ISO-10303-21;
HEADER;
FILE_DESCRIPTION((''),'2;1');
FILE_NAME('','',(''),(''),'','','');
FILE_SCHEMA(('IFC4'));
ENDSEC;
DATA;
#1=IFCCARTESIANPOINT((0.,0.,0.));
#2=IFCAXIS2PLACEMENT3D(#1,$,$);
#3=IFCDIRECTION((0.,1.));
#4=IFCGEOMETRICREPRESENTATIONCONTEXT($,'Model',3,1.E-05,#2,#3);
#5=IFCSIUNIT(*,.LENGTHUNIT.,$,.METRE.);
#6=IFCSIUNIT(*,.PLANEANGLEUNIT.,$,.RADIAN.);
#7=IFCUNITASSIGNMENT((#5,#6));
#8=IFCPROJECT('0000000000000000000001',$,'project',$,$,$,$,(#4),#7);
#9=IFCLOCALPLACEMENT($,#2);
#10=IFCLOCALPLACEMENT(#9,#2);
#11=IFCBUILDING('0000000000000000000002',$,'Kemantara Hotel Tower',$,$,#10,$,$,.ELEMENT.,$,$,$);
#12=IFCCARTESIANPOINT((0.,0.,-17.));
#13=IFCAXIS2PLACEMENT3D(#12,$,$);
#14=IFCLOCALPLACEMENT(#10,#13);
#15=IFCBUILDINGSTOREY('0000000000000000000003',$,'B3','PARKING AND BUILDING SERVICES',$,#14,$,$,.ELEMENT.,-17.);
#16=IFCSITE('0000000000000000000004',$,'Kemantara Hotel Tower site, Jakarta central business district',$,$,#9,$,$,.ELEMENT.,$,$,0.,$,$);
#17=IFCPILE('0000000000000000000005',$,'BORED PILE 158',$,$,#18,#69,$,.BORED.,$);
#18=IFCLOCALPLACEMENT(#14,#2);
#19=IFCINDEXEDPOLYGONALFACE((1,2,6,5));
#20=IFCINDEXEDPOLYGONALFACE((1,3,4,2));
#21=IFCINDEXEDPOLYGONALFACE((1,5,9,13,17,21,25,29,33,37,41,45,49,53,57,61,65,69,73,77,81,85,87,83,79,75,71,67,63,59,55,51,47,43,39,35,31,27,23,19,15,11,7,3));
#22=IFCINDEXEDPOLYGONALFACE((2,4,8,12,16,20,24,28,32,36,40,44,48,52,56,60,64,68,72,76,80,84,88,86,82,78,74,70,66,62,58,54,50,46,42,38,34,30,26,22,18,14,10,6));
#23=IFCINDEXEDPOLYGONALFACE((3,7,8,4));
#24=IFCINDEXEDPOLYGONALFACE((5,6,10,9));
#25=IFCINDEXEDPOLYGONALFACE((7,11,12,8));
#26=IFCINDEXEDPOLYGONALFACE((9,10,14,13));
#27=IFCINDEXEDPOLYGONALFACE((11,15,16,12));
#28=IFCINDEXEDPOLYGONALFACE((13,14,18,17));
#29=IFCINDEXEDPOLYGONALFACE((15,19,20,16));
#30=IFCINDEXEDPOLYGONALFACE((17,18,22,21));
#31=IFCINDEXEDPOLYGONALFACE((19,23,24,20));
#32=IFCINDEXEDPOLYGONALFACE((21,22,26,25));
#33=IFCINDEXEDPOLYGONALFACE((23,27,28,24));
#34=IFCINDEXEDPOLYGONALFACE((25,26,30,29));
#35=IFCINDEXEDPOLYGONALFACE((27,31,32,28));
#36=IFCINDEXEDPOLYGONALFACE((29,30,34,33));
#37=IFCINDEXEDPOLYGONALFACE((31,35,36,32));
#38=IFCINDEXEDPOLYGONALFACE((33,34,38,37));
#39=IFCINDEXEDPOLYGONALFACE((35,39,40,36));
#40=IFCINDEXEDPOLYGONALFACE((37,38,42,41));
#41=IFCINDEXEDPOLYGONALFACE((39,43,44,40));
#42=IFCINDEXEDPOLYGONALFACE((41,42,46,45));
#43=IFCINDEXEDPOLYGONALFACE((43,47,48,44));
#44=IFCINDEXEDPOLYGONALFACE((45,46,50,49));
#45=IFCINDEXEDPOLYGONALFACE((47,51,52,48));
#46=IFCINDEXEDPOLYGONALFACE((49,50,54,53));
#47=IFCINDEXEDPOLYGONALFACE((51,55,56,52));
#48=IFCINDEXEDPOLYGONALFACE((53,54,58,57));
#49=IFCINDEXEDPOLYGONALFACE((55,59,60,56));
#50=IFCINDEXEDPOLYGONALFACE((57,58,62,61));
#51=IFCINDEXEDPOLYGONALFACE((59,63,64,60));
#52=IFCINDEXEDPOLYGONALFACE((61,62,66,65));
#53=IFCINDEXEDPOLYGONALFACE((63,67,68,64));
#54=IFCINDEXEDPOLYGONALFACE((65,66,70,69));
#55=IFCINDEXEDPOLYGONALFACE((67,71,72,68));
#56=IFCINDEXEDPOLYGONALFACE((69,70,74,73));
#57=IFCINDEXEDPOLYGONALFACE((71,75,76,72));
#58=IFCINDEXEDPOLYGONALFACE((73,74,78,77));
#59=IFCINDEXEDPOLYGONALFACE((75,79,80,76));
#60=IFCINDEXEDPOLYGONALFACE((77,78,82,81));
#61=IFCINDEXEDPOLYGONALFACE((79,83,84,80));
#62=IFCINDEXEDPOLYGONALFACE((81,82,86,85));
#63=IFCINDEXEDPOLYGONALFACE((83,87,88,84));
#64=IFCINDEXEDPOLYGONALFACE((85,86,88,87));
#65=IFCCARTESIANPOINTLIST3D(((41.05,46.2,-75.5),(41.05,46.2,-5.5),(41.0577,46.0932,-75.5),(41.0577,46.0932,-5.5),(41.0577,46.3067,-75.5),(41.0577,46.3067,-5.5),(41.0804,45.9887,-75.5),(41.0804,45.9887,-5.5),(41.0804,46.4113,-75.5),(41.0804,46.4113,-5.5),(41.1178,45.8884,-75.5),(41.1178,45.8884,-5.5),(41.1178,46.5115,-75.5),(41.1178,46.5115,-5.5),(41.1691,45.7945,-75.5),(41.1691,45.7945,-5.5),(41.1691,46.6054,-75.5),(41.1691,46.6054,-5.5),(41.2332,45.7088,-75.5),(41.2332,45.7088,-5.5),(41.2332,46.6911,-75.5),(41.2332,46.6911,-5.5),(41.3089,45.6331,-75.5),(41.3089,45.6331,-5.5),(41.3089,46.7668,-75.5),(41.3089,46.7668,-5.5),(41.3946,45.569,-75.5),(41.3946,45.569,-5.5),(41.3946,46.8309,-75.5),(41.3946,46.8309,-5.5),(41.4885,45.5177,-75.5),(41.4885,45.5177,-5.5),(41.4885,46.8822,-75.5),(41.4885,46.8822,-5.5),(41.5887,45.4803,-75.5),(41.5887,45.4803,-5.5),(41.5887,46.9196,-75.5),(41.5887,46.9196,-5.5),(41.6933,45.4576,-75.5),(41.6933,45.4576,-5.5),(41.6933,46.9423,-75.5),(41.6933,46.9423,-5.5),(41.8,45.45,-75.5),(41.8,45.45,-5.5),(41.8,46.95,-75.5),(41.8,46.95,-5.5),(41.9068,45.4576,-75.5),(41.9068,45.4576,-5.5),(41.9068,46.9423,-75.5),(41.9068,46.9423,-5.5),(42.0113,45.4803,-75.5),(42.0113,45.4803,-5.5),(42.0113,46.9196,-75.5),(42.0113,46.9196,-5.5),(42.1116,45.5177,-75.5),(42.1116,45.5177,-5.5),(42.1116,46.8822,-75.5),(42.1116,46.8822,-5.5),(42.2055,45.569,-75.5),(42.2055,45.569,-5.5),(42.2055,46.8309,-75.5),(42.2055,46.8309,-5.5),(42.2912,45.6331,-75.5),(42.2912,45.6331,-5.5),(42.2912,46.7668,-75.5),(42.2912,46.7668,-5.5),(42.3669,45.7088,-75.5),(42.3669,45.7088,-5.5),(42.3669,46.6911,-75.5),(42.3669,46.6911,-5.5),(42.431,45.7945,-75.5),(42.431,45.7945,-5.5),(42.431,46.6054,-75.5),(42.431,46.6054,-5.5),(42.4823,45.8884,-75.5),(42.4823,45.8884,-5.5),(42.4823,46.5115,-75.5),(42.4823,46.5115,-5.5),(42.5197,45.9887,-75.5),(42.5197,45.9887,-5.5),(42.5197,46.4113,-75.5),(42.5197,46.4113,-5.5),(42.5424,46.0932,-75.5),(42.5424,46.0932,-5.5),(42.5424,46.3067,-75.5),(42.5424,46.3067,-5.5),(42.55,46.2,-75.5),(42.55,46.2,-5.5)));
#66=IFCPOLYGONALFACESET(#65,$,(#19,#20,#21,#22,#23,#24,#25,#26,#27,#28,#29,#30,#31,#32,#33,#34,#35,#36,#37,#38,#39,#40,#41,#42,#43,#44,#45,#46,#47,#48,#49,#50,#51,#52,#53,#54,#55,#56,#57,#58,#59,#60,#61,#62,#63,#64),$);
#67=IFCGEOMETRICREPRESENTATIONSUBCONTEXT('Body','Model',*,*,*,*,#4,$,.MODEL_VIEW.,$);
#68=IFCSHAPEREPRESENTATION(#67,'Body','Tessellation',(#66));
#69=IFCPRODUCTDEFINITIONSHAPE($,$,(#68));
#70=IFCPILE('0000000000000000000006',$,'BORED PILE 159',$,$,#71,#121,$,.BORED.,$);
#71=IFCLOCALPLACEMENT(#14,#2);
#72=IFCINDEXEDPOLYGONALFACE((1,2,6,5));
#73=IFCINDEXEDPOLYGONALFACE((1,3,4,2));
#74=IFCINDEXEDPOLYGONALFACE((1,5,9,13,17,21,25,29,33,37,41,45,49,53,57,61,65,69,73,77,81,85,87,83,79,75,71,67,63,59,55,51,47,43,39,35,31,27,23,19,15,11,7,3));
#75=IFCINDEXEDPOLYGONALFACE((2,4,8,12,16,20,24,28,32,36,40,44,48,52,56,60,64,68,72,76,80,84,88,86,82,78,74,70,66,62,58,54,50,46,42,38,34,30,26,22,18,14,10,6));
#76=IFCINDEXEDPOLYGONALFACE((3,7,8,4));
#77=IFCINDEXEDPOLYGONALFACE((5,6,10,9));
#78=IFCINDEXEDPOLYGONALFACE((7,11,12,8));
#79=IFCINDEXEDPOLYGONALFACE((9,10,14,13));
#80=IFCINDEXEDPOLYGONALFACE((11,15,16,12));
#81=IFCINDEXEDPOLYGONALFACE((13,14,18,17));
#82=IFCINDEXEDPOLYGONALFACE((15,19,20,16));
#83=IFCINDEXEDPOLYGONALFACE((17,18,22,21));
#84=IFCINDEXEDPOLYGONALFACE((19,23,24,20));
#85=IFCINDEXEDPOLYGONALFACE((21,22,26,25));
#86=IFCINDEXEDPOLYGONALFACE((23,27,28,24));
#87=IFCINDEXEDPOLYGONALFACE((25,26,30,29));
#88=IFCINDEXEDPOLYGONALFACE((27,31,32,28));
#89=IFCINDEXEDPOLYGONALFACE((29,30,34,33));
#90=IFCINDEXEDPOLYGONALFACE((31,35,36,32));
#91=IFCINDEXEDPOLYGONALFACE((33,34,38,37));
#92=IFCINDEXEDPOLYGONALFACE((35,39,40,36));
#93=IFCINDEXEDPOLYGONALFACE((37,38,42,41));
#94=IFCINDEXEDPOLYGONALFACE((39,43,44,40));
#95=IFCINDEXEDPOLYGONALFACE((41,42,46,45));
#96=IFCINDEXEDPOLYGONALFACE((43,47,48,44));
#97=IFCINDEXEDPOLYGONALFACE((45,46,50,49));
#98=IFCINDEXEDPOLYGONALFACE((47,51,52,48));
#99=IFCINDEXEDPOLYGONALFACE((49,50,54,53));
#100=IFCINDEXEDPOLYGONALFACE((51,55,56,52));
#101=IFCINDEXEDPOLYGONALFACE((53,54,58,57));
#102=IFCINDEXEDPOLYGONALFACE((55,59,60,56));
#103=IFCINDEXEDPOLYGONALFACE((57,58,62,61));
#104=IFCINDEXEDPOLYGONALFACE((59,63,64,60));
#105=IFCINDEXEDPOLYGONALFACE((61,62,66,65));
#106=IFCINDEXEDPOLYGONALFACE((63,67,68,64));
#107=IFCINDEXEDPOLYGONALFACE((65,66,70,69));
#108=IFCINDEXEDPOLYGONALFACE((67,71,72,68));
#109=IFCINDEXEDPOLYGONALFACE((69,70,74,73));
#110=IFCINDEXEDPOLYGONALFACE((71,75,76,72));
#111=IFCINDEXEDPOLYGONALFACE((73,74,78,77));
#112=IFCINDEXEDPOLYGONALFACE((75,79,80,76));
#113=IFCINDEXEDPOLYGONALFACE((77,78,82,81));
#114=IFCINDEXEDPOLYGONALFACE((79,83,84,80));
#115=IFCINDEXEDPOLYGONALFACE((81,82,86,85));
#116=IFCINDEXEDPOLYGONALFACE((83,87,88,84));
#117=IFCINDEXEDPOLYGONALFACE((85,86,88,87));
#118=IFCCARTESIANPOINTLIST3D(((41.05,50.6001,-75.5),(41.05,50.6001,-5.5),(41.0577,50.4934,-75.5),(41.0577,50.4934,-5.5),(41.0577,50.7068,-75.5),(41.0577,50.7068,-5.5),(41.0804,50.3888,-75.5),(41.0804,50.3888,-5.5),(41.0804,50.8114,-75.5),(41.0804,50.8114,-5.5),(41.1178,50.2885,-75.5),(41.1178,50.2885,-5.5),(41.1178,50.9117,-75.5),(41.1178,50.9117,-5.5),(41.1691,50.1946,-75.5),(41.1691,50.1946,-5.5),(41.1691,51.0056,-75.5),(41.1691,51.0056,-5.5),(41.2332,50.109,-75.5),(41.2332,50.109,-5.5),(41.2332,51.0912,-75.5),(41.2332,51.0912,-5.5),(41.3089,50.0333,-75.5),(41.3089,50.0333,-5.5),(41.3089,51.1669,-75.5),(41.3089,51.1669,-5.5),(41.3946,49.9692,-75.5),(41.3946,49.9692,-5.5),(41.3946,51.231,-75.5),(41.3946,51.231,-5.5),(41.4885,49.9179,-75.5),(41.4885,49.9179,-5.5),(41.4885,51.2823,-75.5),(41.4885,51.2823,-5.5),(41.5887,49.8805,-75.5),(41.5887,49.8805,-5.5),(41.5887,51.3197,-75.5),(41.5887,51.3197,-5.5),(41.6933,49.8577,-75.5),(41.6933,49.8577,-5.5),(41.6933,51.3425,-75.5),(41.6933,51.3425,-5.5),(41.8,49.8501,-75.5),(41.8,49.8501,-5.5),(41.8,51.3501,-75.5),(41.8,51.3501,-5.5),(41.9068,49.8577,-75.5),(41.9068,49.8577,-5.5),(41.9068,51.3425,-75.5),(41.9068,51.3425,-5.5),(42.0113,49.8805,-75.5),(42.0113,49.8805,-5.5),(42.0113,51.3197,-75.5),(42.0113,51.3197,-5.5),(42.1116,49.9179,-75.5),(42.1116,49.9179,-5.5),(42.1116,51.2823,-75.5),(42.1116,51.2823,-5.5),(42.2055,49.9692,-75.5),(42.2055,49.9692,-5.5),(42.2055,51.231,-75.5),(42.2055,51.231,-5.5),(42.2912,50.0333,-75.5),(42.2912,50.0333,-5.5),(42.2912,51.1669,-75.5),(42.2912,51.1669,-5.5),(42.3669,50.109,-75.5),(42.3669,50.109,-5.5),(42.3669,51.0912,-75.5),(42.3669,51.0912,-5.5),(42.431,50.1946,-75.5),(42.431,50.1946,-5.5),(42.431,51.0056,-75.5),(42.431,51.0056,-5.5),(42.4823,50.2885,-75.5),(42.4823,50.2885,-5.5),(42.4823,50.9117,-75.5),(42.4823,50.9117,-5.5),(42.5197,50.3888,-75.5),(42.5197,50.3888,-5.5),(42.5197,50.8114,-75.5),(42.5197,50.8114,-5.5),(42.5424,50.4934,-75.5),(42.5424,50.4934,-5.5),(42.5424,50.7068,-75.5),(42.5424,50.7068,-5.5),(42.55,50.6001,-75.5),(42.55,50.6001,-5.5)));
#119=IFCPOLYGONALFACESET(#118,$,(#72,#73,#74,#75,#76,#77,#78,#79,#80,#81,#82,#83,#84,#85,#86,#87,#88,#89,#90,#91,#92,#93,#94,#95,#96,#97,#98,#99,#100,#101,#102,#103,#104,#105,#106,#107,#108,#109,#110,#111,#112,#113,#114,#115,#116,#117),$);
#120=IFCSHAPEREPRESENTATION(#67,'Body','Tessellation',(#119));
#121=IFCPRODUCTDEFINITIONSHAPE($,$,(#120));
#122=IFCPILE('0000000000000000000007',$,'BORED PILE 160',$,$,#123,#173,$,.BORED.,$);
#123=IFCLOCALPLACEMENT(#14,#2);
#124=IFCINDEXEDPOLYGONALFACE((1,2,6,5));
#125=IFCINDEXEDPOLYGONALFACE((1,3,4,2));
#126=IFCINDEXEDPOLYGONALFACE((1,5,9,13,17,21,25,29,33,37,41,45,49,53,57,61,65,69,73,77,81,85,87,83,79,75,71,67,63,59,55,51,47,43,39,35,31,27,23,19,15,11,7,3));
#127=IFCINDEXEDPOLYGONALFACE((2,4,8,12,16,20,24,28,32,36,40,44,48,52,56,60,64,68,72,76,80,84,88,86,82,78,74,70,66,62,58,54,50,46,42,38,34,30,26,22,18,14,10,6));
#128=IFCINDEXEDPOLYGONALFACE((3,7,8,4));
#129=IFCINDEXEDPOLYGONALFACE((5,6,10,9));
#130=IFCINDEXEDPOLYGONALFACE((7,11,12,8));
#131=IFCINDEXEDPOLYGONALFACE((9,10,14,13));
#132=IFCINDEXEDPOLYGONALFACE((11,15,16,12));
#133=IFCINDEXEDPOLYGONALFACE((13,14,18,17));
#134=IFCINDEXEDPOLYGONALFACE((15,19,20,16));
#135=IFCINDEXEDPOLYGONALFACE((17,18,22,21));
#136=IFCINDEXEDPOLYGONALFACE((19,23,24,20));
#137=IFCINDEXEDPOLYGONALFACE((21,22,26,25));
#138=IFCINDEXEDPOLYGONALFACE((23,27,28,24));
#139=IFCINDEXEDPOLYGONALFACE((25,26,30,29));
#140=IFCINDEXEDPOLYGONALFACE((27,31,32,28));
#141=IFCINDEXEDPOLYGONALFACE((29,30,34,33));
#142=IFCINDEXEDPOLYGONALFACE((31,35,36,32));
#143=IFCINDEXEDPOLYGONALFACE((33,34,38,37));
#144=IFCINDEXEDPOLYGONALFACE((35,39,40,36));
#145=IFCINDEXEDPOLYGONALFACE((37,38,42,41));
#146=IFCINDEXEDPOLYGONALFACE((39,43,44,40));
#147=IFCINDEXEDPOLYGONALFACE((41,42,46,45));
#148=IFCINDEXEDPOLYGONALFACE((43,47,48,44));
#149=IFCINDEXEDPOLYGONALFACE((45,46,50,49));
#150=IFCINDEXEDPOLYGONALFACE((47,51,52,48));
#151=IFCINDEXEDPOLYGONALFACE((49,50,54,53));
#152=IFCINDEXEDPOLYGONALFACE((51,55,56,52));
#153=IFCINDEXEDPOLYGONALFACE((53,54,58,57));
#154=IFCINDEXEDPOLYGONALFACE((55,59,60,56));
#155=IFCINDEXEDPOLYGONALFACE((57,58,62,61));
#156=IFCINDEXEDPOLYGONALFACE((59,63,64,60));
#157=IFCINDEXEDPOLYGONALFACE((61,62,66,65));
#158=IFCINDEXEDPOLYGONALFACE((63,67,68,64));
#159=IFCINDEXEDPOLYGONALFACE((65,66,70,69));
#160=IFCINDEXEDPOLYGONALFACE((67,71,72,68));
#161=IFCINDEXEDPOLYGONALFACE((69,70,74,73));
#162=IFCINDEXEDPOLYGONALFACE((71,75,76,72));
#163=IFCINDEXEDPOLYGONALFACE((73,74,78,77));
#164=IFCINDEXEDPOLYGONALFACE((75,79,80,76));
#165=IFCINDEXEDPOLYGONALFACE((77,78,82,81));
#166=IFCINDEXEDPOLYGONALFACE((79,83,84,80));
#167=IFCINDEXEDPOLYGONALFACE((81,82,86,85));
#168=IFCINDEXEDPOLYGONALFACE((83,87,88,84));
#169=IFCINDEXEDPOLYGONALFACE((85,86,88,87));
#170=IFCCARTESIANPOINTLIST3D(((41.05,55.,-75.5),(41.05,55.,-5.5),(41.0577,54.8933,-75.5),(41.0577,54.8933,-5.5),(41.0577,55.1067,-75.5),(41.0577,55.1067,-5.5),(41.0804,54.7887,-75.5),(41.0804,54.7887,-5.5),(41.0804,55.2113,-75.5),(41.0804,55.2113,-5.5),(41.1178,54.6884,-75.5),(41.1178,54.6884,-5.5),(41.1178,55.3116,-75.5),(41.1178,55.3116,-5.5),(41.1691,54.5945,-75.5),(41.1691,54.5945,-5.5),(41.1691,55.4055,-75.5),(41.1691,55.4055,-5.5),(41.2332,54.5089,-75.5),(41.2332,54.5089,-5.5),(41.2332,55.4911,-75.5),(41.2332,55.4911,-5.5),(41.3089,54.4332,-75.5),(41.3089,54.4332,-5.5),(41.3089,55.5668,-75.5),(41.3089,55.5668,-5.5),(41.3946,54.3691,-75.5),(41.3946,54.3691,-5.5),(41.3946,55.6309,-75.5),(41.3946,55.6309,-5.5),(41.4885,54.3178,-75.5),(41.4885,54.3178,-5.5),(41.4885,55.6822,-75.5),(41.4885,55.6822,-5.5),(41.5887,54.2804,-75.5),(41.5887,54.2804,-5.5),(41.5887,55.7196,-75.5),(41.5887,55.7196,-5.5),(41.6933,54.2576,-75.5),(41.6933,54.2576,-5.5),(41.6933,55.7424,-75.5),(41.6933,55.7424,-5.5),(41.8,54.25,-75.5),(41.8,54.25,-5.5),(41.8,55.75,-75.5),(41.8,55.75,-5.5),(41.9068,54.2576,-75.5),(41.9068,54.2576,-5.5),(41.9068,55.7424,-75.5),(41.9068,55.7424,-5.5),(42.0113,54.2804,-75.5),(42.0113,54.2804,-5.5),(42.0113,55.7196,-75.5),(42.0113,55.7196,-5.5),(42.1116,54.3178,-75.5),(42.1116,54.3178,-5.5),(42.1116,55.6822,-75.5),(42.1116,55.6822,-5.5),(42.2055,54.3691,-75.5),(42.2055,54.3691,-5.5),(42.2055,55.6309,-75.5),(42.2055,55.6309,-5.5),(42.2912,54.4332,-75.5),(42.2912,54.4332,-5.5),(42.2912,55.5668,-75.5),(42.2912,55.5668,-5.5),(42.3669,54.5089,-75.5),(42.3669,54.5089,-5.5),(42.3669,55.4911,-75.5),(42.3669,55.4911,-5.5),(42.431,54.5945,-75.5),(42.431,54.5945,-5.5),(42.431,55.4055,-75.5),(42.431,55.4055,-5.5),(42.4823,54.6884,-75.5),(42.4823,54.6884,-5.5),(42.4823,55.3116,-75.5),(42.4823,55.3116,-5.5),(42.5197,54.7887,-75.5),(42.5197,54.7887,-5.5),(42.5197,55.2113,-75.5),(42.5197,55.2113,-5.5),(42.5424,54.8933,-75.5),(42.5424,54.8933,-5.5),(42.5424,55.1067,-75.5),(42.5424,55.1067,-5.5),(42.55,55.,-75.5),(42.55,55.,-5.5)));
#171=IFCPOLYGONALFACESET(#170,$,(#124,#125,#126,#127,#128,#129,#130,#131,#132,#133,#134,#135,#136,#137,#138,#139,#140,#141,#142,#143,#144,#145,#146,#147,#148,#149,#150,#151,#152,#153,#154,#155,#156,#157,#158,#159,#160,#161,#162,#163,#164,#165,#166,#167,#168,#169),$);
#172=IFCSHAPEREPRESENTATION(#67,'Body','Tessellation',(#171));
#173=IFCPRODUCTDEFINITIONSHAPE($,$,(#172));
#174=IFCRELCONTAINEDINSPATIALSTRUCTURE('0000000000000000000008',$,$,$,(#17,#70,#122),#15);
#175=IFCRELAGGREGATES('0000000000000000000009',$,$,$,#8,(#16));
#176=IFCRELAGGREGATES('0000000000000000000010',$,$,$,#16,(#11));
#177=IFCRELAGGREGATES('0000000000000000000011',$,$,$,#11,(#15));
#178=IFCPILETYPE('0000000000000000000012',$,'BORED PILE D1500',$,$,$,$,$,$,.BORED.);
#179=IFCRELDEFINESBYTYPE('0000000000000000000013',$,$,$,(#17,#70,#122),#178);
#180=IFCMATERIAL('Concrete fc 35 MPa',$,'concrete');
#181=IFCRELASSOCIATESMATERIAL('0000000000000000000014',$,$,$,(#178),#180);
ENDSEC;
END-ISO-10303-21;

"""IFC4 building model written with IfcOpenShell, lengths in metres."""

from ifc_helpers import new_model, si_unit, direction, frame, origin, origin_2d, place, context, subcontext, project, spatial, circle, extrude, material, material_profile, profile_set, type_object, element, save


model = new_model("IFC4")

# Units and contexts
model_context = context("Model", 3, precision=1e-05, world=origin(), true_north=direction((0.0, 1.0)))
body_context = subcontext(model_context, "Body", "Model", "MODEL_VIEW")
ifc_project = project(units=[si_unit("LENGTHUNIT", "METRE"), si_unit("PLANEANGLEUNIT", "RADIAN")], contexts=[model_context])

# Site, building, storey
site_placement = place(None, origin())
site = spatial("IfcSite", under=ifc_project, at=site_placement, Name="Kemantara Hotel Tower site, Jakarta central business district", CompositionType="ELEMENT", RefElevation=0.0)
building_placement = place(site_placement, origin())
building = spatial("IfcBuilding", under=site, at=building_placement, Name="Kemantara Hotel Tower", CompositionType="ELEMENT")
storey_placement = place(building_placement, frame((0.0, 0.0, -17.0)))
storey = spatial("IfcBuildingStorey", under=building, at=storey_placement, Name="B3", Description="PARKING AND BUILDING SERVICES", CompositionType="ELEMENT", Elevation=-17.0)

# Piles
ifc_material_1 = material(Name="Concrete fc 35 MPa", Category="concrete")
ifc_material_profile_1 = material_profile(ifc_material_1, circle(Radius=0.75, at=origin_2d()), Name="BORED PILE D1500")
ifc_profile_set_1 = profile_set([ifc_material_profile_1], Name="Concrete fc 35 MPa")
pile_type = type_object("IfcPileType", Name="BORED PILE D1500", PredefinedType="BORED", material=ifc_profile_set_1)
for number, where, z_axis, x_axis, name in (
    (1, (41.8, 46.2, -5.5), (0.0, 0.0, -1.0), (1.0, 0.0, 0.0), "BORED PILE 158"),
    (2, (41.8, 50.6001, -5.5), (0.0, 0.0, -1.0), (1.0, 0.0, 0.0), "BORED PILE 159"),
    (3, (41.8, 55.0, -5.5), (0.0, 0.0, -1.0), (1.0, 0.0, 0.0), "BORED PILE 160"),
):
    element("IfcPile", number, at=place(storey_placement, frame(where, z_axis=z_axis, x_axis=x_axis)), inside=storey, type_object=pile_type, Name=name, PredefinedType="BORED", context=body_context, shape_type="SweptSolid", body=[
        extrude(circle(Radius=0.75, at=origin_2d()), origin(), (0.0, 0.0, 1.0), 70.0),
    ])

save(model, "model.ifc")
